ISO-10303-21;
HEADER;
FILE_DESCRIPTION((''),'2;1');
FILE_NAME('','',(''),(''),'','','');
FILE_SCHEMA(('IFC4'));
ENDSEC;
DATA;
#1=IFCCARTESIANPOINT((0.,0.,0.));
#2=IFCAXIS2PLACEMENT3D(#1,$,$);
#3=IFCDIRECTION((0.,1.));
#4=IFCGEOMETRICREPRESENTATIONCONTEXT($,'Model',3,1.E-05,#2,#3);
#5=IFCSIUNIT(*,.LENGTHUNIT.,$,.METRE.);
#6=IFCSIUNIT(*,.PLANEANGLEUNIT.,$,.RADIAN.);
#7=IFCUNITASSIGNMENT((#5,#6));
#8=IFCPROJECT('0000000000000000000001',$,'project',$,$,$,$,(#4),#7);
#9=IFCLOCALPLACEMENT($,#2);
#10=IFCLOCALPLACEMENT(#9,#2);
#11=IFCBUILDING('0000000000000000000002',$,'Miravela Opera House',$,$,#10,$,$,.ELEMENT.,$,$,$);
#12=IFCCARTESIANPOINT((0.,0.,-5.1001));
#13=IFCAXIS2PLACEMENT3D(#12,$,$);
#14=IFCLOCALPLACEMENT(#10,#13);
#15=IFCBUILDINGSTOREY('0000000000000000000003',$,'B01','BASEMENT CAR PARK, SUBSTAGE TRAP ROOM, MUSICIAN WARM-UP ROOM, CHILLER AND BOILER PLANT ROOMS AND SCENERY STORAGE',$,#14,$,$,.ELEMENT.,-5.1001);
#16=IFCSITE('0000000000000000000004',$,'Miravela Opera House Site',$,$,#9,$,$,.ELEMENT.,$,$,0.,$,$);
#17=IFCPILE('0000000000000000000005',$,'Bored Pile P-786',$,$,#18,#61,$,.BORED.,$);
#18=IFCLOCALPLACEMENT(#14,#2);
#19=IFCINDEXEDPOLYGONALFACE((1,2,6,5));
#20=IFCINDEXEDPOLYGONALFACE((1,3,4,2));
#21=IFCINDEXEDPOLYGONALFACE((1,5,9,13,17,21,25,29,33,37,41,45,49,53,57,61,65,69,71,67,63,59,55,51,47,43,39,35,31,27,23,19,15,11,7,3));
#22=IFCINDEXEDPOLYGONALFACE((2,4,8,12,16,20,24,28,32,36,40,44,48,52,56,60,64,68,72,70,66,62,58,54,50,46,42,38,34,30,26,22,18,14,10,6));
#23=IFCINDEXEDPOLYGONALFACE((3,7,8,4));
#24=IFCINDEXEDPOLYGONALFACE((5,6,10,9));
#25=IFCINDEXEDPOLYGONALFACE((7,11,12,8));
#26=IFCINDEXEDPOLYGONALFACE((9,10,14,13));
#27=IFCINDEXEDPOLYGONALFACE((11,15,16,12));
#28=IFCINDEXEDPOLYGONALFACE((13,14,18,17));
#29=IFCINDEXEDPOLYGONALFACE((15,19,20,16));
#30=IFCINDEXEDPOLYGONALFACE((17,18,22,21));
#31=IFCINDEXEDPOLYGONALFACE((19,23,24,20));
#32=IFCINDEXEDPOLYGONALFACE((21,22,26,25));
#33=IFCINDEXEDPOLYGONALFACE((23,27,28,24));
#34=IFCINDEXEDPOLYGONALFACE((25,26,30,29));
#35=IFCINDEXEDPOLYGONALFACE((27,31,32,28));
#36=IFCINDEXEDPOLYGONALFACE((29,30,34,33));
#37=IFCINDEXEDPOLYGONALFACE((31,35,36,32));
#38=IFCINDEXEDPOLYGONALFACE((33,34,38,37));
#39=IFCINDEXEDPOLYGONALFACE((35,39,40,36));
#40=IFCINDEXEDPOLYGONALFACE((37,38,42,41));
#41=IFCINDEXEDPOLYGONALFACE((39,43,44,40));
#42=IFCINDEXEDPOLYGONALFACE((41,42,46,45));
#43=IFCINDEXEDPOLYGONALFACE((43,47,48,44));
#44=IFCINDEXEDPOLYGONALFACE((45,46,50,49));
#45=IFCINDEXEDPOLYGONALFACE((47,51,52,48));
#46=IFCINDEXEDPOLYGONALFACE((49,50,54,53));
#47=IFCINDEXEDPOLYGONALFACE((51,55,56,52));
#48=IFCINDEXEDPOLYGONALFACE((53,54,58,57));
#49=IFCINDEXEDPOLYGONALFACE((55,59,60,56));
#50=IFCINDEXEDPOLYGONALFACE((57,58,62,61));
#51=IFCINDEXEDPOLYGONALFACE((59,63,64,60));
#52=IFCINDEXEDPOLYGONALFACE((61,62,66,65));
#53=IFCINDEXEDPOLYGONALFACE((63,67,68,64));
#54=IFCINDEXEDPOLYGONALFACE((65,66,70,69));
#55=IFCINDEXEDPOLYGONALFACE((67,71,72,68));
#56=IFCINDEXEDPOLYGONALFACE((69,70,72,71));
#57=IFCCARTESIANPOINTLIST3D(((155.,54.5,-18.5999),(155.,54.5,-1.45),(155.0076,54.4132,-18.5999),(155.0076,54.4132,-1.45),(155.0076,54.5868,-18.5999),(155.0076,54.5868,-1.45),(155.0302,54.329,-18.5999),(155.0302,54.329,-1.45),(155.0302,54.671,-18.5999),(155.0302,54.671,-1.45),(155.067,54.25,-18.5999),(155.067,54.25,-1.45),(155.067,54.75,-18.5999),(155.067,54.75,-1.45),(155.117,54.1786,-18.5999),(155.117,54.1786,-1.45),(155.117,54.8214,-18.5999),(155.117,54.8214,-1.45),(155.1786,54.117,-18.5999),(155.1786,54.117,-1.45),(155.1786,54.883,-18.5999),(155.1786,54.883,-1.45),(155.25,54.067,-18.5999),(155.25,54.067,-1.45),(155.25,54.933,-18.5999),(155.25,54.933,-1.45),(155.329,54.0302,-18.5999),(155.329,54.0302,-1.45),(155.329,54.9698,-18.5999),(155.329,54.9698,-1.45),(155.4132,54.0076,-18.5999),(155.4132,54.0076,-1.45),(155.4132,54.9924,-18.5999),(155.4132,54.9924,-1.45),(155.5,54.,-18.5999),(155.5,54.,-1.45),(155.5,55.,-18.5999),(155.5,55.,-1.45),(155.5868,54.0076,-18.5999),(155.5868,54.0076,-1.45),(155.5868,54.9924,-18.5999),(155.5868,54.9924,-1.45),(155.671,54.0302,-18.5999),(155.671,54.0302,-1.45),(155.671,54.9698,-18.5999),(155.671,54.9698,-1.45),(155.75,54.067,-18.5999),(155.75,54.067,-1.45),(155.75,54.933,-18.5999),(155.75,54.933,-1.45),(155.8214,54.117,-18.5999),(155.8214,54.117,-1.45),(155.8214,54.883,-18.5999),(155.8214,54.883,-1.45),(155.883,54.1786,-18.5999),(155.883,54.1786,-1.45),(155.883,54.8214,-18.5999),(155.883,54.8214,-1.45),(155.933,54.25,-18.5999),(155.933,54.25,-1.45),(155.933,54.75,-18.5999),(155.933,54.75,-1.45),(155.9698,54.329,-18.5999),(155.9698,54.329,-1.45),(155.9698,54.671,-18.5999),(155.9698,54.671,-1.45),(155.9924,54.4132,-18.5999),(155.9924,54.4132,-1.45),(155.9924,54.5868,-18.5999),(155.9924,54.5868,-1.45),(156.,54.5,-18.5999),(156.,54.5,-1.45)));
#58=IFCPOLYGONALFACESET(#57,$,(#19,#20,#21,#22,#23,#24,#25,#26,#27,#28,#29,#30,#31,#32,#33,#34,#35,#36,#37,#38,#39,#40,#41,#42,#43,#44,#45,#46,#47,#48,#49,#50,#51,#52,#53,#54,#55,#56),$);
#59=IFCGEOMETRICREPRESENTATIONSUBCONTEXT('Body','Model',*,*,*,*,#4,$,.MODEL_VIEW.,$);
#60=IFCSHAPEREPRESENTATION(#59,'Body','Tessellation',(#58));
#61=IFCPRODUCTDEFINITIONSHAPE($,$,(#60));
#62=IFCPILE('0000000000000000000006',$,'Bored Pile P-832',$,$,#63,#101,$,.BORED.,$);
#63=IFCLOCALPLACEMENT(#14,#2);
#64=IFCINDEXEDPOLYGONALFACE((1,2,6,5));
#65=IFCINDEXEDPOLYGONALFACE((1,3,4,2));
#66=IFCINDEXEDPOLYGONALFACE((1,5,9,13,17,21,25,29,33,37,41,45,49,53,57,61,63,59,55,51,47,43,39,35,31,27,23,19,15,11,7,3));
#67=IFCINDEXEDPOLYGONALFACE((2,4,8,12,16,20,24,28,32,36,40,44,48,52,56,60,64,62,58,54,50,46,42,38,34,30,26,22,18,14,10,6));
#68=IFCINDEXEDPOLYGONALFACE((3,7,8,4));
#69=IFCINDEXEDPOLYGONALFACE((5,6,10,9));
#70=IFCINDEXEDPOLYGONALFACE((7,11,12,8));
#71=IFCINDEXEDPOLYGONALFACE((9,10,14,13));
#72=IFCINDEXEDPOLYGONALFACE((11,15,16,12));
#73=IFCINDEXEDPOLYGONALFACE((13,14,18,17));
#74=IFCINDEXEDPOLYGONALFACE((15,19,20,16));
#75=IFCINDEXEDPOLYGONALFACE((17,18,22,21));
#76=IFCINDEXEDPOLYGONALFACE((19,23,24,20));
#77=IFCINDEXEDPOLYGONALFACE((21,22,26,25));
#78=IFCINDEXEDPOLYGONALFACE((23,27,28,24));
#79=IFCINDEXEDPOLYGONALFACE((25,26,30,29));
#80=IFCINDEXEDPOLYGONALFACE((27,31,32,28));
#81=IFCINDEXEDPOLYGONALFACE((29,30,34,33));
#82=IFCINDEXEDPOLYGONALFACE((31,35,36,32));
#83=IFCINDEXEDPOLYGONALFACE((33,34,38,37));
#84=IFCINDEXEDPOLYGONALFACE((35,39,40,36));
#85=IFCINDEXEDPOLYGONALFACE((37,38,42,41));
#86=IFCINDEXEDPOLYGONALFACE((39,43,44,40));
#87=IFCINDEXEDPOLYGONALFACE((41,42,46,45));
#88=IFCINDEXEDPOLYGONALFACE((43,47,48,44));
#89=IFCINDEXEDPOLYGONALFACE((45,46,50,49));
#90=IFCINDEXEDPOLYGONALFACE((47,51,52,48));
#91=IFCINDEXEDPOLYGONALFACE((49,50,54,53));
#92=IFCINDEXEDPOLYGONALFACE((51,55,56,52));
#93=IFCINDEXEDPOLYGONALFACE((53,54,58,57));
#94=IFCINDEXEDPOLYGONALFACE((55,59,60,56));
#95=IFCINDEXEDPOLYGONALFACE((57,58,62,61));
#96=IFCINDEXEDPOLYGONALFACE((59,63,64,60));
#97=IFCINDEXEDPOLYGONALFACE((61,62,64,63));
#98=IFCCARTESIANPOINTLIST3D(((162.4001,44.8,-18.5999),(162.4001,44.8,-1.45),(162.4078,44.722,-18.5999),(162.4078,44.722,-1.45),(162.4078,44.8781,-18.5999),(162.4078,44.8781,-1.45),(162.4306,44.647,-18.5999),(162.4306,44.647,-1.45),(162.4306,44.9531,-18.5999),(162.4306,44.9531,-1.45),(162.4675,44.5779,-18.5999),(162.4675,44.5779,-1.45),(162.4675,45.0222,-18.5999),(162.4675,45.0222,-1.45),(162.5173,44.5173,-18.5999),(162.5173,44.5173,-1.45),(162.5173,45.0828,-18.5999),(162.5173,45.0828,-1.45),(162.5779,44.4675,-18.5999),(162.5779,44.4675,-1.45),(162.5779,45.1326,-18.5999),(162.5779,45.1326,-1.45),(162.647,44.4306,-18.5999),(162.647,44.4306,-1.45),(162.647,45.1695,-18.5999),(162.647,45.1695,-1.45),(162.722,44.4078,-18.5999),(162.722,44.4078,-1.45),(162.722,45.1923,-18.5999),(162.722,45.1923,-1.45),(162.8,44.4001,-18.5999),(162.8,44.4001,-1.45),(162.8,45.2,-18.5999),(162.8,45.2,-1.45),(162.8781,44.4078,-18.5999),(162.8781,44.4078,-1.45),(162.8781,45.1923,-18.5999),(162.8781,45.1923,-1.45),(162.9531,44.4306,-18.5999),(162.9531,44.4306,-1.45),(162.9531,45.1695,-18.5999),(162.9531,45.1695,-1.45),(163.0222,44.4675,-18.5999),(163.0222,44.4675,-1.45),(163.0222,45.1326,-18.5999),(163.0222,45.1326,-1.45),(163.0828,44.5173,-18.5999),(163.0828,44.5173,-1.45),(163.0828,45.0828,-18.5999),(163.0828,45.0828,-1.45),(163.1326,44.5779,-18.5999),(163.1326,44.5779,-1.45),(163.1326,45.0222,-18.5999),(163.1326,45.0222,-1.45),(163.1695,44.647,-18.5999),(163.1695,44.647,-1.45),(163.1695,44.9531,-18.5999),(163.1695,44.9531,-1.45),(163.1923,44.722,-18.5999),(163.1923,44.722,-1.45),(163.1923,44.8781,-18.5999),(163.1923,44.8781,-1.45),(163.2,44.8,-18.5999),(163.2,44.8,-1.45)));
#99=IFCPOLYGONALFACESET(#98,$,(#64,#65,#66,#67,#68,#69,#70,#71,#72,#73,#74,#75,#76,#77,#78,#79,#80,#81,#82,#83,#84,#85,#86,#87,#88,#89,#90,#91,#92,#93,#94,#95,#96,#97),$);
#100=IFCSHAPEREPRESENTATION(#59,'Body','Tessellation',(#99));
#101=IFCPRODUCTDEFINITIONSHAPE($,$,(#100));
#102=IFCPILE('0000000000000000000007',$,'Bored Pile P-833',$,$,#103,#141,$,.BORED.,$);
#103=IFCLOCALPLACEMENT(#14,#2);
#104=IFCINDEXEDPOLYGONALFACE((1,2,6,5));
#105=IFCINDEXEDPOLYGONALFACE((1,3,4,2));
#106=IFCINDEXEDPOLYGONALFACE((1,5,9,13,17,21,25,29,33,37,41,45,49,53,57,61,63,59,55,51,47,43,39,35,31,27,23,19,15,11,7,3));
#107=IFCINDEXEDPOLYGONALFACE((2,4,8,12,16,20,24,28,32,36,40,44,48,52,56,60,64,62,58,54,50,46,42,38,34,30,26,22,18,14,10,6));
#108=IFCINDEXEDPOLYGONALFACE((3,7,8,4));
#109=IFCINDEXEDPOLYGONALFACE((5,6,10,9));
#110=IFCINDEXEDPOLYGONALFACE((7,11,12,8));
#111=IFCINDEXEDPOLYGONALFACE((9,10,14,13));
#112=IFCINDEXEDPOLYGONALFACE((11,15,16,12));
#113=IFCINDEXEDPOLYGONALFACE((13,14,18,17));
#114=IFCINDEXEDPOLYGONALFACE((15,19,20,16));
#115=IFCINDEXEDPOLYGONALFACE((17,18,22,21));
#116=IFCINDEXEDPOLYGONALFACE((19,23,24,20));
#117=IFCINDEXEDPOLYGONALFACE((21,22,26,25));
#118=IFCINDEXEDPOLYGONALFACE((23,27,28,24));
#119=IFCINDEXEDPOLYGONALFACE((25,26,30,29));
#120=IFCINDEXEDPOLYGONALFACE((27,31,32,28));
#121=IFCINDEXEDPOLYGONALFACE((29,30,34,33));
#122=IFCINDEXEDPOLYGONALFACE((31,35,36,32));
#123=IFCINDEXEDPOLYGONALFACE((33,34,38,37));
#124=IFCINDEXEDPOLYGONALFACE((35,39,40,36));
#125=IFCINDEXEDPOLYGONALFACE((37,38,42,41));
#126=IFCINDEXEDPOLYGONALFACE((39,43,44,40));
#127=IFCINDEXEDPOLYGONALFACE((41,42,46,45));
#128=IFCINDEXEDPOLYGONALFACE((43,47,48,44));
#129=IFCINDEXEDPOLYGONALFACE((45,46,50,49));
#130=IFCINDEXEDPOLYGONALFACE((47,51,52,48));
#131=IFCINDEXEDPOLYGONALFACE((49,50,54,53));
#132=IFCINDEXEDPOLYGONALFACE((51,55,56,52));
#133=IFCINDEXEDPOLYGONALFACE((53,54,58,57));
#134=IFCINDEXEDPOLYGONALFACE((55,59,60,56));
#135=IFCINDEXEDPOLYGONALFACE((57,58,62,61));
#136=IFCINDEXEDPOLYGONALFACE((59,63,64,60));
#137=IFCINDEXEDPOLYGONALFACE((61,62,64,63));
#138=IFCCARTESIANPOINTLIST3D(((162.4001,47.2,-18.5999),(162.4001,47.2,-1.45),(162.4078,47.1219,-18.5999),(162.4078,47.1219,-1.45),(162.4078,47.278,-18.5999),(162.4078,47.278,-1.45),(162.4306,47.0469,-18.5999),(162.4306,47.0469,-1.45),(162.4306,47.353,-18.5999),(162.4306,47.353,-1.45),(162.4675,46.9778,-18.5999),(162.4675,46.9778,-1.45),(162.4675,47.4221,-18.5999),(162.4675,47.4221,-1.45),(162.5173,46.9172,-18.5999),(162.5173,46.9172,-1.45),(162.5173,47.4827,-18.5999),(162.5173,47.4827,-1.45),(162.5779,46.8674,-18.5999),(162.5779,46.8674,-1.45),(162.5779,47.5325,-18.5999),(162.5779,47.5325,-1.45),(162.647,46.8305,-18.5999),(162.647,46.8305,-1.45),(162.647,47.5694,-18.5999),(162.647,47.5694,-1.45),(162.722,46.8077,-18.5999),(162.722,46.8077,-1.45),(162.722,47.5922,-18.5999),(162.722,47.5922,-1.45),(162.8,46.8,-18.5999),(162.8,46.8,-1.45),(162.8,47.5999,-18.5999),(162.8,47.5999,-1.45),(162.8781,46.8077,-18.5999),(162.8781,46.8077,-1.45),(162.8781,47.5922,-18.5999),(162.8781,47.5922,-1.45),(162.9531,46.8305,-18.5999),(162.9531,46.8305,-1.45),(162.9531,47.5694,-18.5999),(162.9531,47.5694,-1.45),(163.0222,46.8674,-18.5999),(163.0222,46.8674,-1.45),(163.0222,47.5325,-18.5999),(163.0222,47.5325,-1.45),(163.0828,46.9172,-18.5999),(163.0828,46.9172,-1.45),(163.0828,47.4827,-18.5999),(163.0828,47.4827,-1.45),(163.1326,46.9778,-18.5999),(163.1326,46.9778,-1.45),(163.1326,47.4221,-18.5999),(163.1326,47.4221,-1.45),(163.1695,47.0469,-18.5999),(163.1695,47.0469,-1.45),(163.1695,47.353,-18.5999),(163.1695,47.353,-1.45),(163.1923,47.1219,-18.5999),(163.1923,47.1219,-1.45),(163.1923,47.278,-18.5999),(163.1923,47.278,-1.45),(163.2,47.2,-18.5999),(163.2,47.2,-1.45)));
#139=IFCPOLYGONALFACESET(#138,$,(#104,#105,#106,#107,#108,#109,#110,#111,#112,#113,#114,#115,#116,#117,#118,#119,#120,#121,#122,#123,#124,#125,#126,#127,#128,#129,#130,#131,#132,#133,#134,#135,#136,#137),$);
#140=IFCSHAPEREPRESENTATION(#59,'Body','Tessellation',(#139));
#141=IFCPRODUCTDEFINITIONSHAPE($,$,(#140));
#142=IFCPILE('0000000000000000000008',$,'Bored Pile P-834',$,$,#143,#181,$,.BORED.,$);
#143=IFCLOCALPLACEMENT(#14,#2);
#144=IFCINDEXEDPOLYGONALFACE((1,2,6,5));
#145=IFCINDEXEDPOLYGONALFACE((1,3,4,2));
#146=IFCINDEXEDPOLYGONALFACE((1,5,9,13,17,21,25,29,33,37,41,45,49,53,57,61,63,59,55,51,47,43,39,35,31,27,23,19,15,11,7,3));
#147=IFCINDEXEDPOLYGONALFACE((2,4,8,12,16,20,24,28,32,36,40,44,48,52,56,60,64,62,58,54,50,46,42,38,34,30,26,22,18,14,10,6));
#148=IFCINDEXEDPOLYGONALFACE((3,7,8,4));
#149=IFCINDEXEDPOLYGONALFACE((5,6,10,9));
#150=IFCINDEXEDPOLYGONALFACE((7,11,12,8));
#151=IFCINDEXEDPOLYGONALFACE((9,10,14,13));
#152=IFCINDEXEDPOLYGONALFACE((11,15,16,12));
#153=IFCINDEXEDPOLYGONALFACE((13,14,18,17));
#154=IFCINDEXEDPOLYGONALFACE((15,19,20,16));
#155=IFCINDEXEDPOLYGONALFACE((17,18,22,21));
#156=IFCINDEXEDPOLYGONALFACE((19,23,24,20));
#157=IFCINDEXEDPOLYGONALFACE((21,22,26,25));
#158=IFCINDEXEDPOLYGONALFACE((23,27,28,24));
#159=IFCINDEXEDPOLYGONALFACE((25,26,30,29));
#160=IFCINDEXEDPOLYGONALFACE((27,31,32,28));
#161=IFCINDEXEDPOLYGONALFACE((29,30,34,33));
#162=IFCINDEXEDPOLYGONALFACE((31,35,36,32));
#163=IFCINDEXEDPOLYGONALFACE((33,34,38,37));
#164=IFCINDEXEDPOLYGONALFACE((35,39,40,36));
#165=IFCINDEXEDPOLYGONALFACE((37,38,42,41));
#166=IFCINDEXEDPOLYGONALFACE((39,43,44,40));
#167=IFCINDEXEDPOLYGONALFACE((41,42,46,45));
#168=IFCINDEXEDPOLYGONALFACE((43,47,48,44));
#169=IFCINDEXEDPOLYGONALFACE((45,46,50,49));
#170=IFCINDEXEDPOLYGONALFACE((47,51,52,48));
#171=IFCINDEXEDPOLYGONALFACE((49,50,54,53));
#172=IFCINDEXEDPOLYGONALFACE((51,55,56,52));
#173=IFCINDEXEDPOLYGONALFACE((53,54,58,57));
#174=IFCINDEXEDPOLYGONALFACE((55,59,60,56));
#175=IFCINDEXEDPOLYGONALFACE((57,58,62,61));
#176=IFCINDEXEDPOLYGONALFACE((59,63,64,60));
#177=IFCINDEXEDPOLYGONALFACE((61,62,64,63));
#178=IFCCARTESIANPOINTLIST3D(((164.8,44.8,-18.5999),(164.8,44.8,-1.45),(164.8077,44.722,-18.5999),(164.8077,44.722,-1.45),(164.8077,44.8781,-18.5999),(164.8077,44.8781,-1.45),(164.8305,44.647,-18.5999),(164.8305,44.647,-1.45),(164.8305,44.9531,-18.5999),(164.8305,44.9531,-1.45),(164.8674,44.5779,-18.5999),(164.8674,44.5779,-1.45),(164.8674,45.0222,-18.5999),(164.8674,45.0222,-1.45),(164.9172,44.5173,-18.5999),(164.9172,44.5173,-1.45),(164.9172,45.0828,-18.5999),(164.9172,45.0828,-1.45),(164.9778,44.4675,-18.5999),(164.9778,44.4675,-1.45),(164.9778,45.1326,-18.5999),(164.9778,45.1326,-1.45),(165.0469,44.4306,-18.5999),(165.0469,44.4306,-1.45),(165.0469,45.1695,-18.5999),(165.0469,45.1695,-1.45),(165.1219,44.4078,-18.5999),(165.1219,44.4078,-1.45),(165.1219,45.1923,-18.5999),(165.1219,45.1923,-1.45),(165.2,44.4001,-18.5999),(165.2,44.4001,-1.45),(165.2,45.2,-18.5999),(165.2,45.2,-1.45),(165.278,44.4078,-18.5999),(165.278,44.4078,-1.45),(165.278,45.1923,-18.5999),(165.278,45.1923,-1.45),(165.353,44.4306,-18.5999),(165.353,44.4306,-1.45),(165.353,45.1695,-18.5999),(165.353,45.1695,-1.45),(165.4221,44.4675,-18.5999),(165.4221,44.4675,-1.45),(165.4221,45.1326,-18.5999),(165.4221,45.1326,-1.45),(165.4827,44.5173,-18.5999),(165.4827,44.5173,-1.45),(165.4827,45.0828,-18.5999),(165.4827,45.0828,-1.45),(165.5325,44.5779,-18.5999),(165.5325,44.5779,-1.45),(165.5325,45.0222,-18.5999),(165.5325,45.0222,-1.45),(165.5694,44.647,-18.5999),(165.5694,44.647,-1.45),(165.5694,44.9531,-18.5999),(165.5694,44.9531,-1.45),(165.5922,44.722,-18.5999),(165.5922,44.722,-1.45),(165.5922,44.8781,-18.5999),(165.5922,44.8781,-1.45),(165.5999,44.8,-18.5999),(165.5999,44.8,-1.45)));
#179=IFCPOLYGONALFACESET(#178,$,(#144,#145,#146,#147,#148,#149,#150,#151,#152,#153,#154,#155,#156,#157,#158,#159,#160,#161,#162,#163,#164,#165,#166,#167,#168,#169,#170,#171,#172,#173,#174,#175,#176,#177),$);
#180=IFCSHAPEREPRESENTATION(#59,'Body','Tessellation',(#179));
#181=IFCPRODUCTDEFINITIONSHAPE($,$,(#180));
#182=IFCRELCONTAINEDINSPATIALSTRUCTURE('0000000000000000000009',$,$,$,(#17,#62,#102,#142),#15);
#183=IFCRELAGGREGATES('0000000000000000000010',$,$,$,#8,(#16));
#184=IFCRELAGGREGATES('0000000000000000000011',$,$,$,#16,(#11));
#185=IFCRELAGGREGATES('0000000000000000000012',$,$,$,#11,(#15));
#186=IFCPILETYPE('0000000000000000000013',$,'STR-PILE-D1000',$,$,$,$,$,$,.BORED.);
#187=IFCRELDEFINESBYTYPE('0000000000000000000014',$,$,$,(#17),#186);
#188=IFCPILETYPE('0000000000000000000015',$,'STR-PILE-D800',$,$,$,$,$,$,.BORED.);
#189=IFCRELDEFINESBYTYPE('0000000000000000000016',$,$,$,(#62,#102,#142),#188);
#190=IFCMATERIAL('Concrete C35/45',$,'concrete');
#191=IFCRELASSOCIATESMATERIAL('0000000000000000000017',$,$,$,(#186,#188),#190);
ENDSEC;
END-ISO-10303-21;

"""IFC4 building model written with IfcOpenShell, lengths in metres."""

from ifc_helpers import new_model, si_unit, direction, frame, origin, origin_2d, place, context, subcontext, project, spatial, circle, extrude, material, material_profile, profile_set, type_object, element, save


model = new_model("IFC4")

# Units and contexts
model_context = context("Model", 3, precision=1e-05, world=origin(), true_north=direction((0.0, 1.0)))
body_context = subcontext(model_context, "Body", "Model", "MODEL_VIEW")
ifc_project = project(units=[si_unit("LENGTHUNIT", "METRE"), si_unit("PLANEANGLEUNIT", "RADIAN")], contexts=[model_context])

# Site, building, storey
site_placement = place(None, origin())
site = spatial("IfcSite", under=ifc_project, at=site_placement, Name="Miravela Opera House Site", CompositionType="ELEMENT", RefElevation=0.0)
building_placement = place(site_placement, origin())
building = spatial("IfcBuilding", under=site, at=building_placement, Name="Miravela Opera House", CompositionType="ELEMENT")
storey_placement = place(building_placement, frame((0.0, 0.0, -5.1001)))
storey = spatial("IfcBuildingStorey", under=building, at=storey_placement, Name="B01", Description="BASEMENT CAR PARK, SUBSTAGE TRAP ROOM, MUSICIAN WARM-UP ROOM, CHILLER AND BOILER PLANT ROOMS AND SCENERY STORAGE", CompositionType="ELEMENT", Elevation=-5.1001)

# Shared definitions
ifc_material_1 = material(Name="Concrete C35/45", Category="concrete")

# Piles
ifc_material_profile_1 = material_profile(ifc_material_1, circle(Radius=0.5, at=origin_2d()), Name="PILE-D1000")
ifc_profile_set_1 = profile_set([ifc_material_profile_1])
pile_type_1 = type_object("IfcPileType", Name="STR-PILE-D1000", PredefinedType="BORED", material=ifc_profile_set_1)
for number, where, z_axis, x_axis, name in (
    (1, (155.5, 54.5, -1.45), (0.0, 0.0, -1.0), (1.0, 0.0, 0.0), "Bored Pile P-786"),
):
    element("IfcPile", number, at=place(storey_placement, frame(where, z_axis=z_axis, x_axis=x_axis)), inside=storey, type_object=pile_type_1, Name=name, PredefinedType="BORED", context=body_context, shape_type="SweptSolid", body=[
        extrude(circle(Radius=0.5, at=origin_2d()), origin(), (0.0, 0.0, 1.0), 17.1499),
    ])
ifc_material_profile_2 = material_profile(ifc_material_1, circle(Radius=0.3999, at=origin_2d()), Name="PILE-D800")
ifc_profile_set_2 = profile_set([ifc_material_profile_2])
pile_type_2 = type_object("IfcPileType", Name="STR-PILE-D800", PredefinedType="BORED", material=ifc_profile_set_2)
for number, where, z_axis, x_axis, name in (
    (2, (162.8, 44.8, -1.45), (0.0, 0.0, -1.0), (1.0, 0.0, 0.0), "Bored Pile P-832"),
    (3, (162.8, 47.2, -1.45), (0.0, 0.0, -1.0), (1.0, 0.0, 0.0), "Bored Pile P-833"),
    (4, (165.2, 44.8, -1.45), (0.0, 0.0, -1.0), (1.0, 0.0, 0.0), "Bored Pile P-834"),
):
    element("IfcPile", number, at=place(storey_placement, frame(where, z_axis=z_axis, x_axis=x_axis)), inside=storey, type_object=pile_type_2, Name=name, PredefinedType="BORED", context=body_context, shape_type="SweptSolid", body=[
        extrude(circle(Radius=0.3999, at=origin_2d()), origin(), (0.0, 0.0, 1.0), 17.1499),
    ])

save(model, "model.ifc")
